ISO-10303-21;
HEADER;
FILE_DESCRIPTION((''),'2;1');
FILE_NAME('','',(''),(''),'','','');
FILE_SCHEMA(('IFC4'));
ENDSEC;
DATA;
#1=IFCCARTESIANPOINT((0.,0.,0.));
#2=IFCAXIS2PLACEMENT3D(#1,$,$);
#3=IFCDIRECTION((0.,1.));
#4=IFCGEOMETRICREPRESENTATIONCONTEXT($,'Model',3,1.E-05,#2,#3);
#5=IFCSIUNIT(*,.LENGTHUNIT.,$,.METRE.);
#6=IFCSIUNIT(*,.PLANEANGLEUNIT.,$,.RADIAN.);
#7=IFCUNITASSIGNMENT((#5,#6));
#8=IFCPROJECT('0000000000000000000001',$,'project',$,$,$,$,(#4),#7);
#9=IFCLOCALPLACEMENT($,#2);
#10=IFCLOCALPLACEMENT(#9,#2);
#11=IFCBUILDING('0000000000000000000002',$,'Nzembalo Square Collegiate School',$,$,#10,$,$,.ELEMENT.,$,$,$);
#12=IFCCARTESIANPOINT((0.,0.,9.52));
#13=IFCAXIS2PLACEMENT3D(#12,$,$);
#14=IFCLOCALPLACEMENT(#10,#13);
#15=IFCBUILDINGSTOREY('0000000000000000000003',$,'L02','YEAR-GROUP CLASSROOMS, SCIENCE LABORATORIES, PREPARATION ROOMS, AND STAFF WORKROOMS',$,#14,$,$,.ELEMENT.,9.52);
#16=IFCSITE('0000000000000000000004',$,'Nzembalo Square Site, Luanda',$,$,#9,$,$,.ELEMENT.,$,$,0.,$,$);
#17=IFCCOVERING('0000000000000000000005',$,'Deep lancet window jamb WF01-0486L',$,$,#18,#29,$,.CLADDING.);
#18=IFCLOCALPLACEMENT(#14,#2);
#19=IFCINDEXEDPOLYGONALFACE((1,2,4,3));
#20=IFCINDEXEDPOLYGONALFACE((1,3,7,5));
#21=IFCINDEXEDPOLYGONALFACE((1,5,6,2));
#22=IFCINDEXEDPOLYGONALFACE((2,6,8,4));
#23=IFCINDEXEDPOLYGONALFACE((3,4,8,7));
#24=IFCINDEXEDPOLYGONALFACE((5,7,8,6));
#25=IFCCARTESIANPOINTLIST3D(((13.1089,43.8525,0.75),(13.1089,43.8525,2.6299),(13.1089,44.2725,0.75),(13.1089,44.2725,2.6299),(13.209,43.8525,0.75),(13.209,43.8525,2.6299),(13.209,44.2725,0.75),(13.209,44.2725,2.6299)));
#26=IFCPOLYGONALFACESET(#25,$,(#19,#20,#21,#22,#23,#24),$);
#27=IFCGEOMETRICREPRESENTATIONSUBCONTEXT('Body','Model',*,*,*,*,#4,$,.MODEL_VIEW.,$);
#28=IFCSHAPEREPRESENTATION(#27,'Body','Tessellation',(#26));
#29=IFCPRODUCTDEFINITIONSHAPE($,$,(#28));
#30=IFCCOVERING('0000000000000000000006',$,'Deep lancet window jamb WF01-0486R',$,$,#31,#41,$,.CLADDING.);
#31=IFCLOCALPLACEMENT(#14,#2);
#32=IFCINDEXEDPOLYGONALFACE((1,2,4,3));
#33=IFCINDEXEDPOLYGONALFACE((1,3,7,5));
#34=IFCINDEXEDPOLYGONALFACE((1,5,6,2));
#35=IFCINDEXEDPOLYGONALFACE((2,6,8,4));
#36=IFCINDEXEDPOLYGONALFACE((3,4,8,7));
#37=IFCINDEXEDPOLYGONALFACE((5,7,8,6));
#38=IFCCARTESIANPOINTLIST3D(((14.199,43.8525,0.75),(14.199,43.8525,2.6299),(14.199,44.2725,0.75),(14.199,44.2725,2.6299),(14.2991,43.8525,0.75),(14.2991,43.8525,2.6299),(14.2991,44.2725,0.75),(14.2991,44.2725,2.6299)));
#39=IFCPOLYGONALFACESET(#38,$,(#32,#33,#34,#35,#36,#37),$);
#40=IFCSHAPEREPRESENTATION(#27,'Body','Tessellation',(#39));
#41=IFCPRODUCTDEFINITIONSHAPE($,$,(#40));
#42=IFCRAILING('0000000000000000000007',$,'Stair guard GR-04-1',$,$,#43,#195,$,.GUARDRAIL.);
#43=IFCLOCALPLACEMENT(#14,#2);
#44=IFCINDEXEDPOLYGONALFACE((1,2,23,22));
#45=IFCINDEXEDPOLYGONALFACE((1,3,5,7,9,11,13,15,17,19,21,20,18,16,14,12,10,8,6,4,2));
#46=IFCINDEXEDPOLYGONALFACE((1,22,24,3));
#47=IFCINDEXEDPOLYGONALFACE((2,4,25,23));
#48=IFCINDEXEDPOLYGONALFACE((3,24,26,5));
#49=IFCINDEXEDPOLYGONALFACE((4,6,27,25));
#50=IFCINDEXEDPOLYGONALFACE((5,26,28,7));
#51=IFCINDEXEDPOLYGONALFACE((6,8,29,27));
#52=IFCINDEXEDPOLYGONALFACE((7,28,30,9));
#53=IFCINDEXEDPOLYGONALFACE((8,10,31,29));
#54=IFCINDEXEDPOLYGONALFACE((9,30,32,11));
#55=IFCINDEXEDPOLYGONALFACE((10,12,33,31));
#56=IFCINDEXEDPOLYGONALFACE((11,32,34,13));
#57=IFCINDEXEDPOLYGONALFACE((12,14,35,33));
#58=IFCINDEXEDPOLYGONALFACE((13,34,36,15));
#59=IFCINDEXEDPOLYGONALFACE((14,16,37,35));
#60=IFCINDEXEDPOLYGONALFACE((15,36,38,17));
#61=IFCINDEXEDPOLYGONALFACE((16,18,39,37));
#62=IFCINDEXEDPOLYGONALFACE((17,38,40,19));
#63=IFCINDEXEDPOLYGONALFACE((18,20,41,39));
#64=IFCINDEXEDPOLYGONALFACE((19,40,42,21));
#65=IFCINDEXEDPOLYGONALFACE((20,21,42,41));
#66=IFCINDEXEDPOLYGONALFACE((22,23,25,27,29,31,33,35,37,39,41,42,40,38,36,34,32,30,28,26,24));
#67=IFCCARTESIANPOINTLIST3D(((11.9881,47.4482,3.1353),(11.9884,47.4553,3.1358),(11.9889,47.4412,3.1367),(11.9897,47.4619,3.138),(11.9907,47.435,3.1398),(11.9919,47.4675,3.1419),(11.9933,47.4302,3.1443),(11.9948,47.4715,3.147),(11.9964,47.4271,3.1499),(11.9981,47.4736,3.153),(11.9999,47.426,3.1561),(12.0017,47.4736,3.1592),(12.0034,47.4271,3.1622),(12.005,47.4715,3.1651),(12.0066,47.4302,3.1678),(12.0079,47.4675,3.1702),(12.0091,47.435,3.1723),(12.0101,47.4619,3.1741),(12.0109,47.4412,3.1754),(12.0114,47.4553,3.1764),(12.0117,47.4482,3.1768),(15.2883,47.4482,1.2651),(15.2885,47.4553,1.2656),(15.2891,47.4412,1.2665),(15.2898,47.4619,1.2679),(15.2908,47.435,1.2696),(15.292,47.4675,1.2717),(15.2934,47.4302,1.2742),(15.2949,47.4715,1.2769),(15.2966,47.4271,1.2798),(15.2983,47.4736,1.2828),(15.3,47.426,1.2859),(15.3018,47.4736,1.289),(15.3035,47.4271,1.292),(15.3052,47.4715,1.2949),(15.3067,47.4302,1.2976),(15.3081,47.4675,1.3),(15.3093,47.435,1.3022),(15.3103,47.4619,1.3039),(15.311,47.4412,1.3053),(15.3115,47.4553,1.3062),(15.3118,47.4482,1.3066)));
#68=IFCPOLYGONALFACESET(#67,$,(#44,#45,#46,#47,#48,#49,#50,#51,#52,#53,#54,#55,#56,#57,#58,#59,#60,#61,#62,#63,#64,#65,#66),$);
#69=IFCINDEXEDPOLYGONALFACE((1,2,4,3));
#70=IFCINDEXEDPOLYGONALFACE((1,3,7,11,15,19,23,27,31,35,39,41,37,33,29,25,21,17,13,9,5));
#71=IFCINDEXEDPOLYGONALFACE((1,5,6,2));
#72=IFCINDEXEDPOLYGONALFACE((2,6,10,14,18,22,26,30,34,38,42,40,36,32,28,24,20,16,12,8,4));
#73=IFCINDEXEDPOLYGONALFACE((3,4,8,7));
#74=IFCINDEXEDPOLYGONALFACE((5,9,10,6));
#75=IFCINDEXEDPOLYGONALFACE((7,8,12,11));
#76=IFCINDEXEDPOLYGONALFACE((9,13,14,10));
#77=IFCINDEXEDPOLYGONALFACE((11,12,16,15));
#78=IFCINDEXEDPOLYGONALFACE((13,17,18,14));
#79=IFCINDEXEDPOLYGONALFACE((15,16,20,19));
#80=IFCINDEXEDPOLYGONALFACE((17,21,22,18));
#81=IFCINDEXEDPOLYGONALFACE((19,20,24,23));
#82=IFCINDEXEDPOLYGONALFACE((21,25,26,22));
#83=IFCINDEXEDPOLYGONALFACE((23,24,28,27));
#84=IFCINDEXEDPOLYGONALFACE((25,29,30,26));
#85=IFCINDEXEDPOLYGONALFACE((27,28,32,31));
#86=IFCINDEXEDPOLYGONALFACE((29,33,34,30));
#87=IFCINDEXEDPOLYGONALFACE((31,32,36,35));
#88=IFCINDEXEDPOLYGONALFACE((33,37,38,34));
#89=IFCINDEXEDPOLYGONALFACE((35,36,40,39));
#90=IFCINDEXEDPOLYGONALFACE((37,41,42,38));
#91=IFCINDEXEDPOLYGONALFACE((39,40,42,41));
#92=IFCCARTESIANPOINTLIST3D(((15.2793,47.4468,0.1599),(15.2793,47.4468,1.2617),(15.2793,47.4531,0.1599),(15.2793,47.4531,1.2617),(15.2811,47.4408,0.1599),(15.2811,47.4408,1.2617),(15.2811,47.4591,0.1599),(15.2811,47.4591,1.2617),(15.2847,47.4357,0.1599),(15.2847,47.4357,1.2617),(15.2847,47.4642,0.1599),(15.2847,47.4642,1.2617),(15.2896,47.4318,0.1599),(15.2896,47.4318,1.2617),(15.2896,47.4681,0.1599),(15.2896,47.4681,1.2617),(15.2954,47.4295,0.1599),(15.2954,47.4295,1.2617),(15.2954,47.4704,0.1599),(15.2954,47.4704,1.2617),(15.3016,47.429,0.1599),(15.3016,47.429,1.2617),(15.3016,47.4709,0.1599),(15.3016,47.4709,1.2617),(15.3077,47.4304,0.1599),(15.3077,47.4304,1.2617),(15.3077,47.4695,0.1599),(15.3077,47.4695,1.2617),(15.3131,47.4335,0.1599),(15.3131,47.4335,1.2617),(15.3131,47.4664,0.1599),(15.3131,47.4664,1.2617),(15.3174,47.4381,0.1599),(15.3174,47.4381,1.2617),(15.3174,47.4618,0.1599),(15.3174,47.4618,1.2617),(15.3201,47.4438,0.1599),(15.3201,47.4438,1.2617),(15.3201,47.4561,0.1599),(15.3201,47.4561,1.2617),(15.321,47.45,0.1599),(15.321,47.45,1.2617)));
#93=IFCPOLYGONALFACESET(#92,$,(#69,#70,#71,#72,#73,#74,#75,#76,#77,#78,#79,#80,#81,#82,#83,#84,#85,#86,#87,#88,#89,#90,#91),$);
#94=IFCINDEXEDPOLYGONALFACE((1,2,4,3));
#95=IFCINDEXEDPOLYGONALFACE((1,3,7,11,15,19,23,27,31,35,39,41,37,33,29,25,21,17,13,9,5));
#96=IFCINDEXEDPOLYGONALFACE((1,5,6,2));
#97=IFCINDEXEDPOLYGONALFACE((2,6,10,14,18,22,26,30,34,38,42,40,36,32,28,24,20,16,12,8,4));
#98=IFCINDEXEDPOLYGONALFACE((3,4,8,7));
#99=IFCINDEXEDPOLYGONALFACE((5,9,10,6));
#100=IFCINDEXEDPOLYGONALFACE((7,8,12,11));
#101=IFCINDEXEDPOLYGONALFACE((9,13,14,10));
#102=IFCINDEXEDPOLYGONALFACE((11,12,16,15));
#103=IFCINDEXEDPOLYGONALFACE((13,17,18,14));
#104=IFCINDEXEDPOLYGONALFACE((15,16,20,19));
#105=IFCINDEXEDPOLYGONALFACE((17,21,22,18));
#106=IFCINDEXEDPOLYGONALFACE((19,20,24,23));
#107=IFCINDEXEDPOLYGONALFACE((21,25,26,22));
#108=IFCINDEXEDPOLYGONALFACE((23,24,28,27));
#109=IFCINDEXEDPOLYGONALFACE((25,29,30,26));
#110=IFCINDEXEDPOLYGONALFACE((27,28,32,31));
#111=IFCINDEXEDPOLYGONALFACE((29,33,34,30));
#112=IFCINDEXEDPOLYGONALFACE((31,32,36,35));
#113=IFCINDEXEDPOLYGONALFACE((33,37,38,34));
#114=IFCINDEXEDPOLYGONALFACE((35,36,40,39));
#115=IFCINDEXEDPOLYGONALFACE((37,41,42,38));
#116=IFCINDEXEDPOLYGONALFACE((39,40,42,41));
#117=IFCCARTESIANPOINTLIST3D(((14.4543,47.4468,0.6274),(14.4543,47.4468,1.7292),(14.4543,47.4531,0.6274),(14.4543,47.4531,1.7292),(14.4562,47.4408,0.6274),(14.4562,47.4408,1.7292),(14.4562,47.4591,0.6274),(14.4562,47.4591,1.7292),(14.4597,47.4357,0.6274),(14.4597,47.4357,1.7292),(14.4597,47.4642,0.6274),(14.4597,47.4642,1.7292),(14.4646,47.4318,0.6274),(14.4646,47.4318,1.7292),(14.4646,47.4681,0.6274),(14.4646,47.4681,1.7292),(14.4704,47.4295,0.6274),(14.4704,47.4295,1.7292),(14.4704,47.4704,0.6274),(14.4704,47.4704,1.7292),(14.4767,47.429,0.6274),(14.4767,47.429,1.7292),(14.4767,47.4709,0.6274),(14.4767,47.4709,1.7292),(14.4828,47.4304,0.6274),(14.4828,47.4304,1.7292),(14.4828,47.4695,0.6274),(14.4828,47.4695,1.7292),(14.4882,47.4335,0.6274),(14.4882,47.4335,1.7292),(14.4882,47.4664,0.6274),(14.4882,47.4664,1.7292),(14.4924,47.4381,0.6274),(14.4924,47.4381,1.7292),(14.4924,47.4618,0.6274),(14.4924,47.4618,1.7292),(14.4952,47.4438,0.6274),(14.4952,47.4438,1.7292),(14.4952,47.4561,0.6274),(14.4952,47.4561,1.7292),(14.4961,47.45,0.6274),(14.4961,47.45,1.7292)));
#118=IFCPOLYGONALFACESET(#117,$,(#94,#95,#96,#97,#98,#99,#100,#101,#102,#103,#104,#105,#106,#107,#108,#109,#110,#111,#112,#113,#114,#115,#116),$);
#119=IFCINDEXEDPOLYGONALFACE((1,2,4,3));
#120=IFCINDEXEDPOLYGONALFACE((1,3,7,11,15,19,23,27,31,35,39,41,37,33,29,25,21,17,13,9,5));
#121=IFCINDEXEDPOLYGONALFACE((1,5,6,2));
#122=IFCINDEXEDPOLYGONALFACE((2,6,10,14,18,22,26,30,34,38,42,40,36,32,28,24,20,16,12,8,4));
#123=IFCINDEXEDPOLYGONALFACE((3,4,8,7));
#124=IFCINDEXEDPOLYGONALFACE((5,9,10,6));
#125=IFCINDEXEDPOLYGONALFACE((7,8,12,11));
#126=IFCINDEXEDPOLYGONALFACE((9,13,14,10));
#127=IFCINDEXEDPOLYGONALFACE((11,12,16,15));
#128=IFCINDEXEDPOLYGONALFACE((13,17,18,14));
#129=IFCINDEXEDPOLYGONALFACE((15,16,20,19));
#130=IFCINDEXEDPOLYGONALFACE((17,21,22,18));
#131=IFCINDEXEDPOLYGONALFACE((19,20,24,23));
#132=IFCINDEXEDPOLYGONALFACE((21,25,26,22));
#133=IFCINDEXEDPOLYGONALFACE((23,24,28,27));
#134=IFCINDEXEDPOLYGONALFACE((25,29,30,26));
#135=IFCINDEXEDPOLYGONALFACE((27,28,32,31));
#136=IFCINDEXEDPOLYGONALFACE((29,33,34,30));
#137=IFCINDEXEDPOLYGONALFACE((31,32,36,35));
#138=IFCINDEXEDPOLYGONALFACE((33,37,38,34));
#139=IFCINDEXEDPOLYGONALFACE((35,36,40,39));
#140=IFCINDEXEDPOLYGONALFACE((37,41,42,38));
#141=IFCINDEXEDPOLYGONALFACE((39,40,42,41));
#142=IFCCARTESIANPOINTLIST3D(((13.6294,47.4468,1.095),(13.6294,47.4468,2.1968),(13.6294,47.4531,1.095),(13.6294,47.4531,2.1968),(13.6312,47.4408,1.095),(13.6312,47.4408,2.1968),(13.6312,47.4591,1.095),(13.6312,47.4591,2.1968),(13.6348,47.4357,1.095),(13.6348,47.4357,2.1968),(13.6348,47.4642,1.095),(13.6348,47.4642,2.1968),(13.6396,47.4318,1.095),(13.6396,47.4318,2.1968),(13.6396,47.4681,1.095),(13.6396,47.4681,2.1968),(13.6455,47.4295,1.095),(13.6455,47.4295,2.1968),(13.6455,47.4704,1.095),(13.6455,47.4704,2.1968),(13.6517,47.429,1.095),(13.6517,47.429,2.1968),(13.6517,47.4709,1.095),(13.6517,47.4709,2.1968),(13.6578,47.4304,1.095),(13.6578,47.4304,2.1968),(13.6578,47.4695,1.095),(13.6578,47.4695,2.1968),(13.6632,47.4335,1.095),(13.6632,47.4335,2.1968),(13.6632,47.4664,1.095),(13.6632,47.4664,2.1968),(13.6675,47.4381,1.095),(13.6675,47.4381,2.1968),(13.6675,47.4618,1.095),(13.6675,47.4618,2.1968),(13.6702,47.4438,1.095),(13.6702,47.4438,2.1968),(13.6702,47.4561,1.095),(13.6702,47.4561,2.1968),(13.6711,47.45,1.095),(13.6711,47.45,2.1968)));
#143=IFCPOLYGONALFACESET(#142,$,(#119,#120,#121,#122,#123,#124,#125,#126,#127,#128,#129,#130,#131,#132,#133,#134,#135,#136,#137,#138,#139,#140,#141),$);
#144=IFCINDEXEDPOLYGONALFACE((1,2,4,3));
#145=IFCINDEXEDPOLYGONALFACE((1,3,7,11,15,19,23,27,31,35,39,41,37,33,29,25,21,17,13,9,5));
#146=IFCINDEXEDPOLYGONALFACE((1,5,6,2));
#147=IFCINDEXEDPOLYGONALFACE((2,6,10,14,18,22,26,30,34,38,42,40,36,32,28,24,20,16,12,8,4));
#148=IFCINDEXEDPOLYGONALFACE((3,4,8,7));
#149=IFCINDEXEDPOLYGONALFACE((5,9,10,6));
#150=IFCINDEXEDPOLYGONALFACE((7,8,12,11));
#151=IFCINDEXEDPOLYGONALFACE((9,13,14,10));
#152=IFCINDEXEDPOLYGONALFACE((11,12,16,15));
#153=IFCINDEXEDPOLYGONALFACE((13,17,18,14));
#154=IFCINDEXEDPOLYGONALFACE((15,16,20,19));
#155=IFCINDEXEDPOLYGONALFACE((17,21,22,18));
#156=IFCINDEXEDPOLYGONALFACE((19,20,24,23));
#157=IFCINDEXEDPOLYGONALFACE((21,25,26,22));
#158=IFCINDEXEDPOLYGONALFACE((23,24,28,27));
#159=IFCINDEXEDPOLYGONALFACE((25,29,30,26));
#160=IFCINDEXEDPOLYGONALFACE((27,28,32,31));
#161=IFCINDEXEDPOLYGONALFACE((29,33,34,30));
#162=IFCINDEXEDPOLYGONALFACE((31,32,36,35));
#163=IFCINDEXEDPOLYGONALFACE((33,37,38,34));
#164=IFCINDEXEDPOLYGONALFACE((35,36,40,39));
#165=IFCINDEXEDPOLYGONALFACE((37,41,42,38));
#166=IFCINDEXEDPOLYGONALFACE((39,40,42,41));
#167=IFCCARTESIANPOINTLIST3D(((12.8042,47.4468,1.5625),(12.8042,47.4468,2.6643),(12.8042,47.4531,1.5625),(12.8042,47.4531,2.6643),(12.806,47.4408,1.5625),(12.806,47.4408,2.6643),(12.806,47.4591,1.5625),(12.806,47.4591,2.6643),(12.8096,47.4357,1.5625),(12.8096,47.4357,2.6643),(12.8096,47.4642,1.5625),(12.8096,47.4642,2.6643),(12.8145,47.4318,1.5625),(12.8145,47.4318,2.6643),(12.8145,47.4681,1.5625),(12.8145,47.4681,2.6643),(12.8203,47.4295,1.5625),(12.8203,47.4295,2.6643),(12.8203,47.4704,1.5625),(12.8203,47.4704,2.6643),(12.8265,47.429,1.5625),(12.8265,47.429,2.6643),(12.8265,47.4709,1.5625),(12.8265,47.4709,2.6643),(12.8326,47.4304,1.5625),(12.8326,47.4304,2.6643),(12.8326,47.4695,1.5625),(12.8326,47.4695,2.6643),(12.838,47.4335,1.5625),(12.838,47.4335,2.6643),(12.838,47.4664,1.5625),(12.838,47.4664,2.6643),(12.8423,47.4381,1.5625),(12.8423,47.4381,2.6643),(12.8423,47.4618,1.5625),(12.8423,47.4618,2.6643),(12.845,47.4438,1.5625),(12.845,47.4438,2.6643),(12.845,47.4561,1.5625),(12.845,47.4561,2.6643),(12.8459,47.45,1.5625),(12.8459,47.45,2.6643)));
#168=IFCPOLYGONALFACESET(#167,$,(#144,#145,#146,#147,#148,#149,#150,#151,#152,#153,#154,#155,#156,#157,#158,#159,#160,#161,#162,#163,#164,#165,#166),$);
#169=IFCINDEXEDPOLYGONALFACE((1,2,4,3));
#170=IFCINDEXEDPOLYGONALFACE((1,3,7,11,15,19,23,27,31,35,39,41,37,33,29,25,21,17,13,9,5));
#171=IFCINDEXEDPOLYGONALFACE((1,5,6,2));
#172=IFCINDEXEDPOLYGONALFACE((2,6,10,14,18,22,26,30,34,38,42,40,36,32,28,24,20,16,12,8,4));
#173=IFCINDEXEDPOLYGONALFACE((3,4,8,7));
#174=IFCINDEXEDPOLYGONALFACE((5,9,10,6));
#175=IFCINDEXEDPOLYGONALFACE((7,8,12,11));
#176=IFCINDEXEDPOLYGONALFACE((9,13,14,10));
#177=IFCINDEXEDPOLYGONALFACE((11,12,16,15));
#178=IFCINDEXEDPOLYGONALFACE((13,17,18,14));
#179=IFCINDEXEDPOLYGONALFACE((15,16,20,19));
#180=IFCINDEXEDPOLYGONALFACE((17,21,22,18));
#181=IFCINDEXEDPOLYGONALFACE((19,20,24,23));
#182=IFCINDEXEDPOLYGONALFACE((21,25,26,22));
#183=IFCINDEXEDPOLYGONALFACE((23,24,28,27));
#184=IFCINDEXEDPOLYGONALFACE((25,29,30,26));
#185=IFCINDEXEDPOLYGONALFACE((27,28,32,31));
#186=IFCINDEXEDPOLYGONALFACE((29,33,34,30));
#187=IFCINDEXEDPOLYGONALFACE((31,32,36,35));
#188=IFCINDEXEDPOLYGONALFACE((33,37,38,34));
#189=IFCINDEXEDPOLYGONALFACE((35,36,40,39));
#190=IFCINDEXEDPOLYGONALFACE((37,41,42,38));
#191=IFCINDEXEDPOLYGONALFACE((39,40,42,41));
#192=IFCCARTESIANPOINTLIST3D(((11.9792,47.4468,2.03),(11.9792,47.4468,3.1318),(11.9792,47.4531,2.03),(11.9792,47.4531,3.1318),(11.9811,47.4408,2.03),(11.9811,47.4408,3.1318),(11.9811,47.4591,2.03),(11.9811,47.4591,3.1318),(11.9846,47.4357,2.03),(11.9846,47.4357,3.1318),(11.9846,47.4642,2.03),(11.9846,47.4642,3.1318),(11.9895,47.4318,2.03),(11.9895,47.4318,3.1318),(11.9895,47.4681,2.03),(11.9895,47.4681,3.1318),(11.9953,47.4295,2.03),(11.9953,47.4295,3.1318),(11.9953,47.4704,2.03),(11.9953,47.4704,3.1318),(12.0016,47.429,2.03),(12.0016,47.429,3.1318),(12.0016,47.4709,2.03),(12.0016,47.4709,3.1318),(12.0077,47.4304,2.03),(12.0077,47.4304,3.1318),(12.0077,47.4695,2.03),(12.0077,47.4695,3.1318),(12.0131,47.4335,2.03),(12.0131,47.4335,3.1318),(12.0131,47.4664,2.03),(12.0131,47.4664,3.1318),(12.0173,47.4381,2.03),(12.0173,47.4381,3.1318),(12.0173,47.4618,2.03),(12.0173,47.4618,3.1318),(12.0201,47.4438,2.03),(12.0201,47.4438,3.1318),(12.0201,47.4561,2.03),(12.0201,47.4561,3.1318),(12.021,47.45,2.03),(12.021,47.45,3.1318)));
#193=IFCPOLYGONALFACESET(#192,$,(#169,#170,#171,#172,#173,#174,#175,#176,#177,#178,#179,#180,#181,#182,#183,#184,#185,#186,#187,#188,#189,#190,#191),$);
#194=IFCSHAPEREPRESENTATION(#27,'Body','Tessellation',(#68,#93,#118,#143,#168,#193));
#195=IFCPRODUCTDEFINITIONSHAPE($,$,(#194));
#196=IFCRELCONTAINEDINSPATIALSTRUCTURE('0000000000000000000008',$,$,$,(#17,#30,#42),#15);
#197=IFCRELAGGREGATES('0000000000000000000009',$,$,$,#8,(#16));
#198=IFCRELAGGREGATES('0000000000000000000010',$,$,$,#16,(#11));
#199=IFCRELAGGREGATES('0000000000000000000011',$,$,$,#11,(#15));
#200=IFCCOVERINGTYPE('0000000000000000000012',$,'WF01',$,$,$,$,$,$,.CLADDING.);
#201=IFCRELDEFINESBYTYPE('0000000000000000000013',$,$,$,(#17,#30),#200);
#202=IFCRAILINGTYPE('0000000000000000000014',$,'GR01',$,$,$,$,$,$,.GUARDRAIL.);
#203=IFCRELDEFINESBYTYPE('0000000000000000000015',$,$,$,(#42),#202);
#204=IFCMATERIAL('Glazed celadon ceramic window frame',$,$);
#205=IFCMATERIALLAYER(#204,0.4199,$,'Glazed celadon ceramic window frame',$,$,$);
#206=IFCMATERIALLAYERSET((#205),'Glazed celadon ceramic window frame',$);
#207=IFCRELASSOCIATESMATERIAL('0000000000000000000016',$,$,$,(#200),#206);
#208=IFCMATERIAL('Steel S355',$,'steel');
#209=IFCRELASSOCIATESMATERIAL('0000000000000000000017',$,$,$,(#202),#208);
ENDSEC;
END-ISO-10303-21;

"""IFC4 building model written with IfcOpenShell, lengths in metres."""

from ifc_helpers import new_model, si_unit, direction, frame, origin, origin_2d, place, context, subcontext, project, spatial, rectangle, circle, extrude, material, layer, layer_set, type_object, element, save


model = new_model("IFC4")

# Units and contexts
model_context = context("Model", 3, precision=1e-05, world=origin(), true_north=direction((0.0, 1.0)))
body_context = subcontext(model_context, "Body", "Model", "MODEL_VIEW")
ifc_project = project(units=[si_unit("LENGTHUNIT", "METRE"), si_unit("PLANEANGLEUNIT", "RADIAN")], contexts=[model_context])

# Site, building, storey
site_placement = place(None, origin())
site = spatial("IfcSite", under=ifc_project, at=site_placement, Name="Nzembalo Square Site, Luanda", CompositionType="ELEMENT", RefElevation=0.0)
building_placement = place(site_placement, origin())
building = spatial("IfcBuilding", under=site, at=building_placement, Name="Nzembalo Square Collegiate School", CompositionType="ELEMENT")
storey_placement = place(building_placement, frame((0.0, 0.0, 9.52)))
storey = spatial("IfcBuildingStorey", under=building, at=storey_placement, Name="L02", Description="YEAR-GROUP CLASSROOMS, SCIENCE LABORATORIES, PREPARATION ROOMS, AND STAFF WORKROOMS", CompositionType="ELEMENT", Elevation=9.52)

# Coverings
ifc_material_1 = material(Name="Glazed celadon ceramic window frame")
ifc_layer_1 = layer(ifc_material_1, 0.4199, Name="Glazed celadon ceramic window frame")
ifc_layer_set_1 = layer_set([ifc_layer_1], Name="Glazed celadon ceramic window frame")
covering_type_1 = type_object("IfcCoveringType", Name="WF01", PredefinedType="CLADDING", material=ifc_layer_set_1)
for number, where, z_axis, x_axis, name in (
    (1, (13.1589, 44.0625, 0.75), (0.0, 0.0, 1.0), (1.0, 0.0, 0.0), "Deep lancet window jamb WF01-0486L"),
    (2, (14.249, 44.0625, 0.75), (0.0, 0.0, 1.0), (1.0, 0.0, 0.0), "Deep lancet window jamb WF01-0486R"),
):
    element("IfcCovering", number, at=place(storey_placement, frame(where, z_axis=z_axis, x_axis=x_axis)), inside=storey, type_object=covering_type_1, Name=name, PredefinedType="CLADDING", context=body_context, shape_type="SweptSolid", body=[
        extrude(rectangle(XDim=0.1001, YDim=0.4199, at=origin_2d()), origin(), (0.0, 0.0, 1.0), 1.8799),
    ])

# Railing
ifc_material_2 = material(Name="Steel S355", Category="steel")
railing_type_1 = type_object("IfcRailingType", Name="GR01", PredefinedType="GUARDRAIL", material=ifc_material_2)
railing_1_placement = place(storey_placement, frame((15.3, 47.45, 0.1599)))
element("IfcRailing", 3, at=railing_1_placement, inside=storey, type_object=railing_type_1, Name="Stair guard GR-04-1", PredefinedType="GUARDRAIL", context=body_context, shape_type="SweptSolid", body=[
    extrude(circle(Radius=0.0239, at=origin_2d()), frame((0.0, 0.0, 1.126), z_axis=(-0.870012, 0.0, 0.49303), x_axis=(0.0, -1.0, 0.0)), (0.0, 0.0, 1.0), 3.7932),
    extrude(circle(Radius=0.021, at=origin_2d()), origin(), (0.0, 0.0, 1.0), 1.1018),
    extrude(circle(Radius=0.021, at=origin_2d()), frame((-0.825, 0.0, 0.4675)), (0.0, 0.0, 1.0), 1.1018),
    extrude(circle(Radius=0.021, at=origin_2d()), frame((-1.6499, 0.0, 0.9351)), (0.0, 0.0, 1.0), 1.1018),
    extrude(circle(Radius=0.021, at=origin_2d()), frame((-2.4751, 0.0, 1.4026)), (0.0, 0.0, 1.0), 1.1018),
    extrude(circle(Radius=0.021, at=origin_2d()), frame((-3.3, 0.0, 1.8701)), (0.0, 0.0, 1.0), 1.1018),
])

save(model, "model.ifc")
